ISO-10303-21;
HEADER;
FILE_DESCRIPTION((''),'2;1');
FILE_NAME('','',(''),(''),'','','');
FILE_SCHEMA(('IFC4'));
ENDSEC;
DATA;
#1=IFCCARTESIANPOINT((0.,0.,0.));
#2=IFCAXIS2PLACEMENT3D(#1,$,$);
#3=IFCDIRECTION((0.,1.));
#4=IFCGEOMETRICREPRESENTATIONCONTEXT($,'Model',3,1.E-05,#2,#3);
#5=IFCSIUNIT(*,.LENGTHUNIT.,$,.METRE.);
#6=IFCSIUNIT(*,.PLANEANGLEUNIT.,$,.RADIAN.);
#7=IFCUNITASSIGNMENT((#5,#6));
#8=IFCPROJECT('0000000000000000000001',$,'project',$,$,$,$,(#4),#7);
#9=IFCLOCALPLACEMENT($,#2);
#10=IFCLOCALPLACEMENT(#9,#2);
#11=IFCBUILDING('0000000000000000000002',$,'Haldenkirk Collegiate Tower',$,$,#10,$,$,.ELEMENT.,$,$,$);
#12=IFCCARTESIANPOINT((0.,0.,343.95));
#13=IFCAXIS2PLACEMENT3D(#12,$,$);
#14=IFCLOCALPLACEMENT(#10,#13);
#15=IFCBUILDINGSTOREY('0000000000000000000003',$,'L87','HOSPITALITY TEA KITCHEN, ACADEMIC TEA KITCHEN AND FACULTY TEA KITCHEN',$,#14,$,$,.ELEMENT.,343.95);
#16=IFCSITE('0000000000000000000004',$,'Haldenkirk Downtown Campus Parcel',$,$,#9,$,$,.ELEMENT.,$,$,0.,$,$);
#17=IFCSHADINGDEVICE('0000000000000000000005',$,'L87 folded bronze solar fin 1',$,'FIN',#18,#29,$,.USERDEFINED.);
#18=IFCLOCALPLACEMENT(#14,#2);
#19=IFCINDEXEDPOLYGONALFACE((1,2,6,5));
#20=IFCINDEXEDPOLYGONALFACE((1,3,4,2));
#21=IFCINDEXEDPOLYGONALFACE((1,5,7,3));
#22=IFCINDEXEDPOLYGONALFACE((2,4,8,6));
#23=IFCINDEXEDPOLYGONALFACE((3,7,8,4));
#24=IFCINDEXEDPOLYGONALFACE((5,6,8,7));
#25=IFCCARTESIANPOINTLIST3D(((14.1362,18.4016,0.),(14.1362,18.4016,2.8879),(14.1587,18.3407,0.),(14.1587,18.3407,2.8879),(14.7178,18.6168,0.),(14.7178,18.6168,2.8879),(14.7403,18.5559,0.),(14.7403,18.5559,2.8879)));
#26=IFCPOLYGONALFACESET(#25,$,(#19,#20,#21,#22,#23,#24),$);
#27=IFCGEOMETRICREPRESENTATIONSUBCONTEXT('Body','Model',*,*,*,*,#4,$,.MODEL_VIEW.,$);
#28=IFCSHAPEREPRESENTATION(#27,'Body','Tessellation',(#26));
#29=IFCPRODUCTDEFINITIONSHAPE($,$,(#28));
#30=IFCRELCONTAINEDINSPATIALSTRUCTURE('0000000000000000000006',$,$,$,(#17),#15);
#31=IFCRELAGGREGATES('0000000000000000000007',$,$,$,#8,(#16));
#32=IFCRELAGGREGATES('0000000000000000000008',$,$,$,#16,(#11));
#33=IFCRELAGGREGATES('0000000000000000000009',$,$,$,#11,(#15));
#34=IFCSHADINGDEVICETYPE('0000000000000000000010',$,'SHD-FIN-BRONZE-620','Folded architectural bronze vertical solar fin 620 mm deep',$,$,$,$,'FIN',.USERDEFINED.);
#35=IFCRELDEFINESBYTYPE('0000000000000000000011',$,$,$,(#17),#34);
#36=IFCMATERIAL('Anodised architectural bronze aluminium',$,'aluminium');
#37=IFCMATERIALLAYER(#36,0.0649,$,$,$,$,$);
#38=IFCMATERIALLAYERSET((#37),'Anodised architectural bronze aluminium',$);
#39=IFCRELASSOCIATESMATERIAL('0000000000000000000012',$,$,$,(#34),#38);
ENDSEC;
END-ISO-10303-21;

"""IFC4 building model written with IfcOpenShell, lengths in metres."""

from ifc_helpers import new_model, si_unit, direction, frame, origin, origin_2d, place, context, subcontext, project, spatial, rectangle, extrude, source, transform, mapped, material, layer, layer_set, type_object, element, save


model = new_model("IFC4")

# Units and contexts
model_context = context("Model", 3, precision=1e-05, world=origin(), true_north=direction((0.0, 1.0)))
body_context = subcontext(model_context, "Body", "Model", "MODEL_VIEW")
ifc_project = project(units=[si_unit("LENGTHUNIT", "METRE"), si_unit("PLANEANGLEUNIT", "RADIAN")], contexts=[model_context])

# Site, building, storey
site_placement = place(None, origin())
site = spatial("IfcSite", under=ifc_project, at=site_placement, Name="Haldenkirk Downtown Campus Parcel", CompositionType="ELEMENT", RefElevation=0.0)
building_placement = place(site_placement, origin())
building = spatial("IfcBuilding", under=site, at=building_placement, Name="Haldenkirk Collegiate Tower", CompositionType="ELEMENT")
storey_placement = place(building_placement, frame((0.0, 0.0, 343.95)))
storey = spatial("IfcBuildingStorey", under=building, at=storey_placement, Name="L87", Description="HOSPITALITY TEA KITCHEN, ACADEMIC TEA KITCHEN AND FACULTY TEA KITCHEN", CompositionType="ELEMENT", Elevation=343.95)

# Shared definitions
ifc_material_1 = material(Name="Anodised architectural bronze aluminium", Category="aluminium")

# Shading device
ifc_layer_1 = layer(ifc_material_1, 0.0649)
ifc_layer_set_1 = layer_set([ifc_layer_1], Name="Anodised architectural bronze aluminium")
shading_device_type = type_object("IfcShadingDeviceType", Name="SHD-FIN-BRONZE-620", Description="Folded architectural bronze vertical solar fin 620 mm deep", ElementType="FIN", PredefinedType="USERDEFINED", material=ifc_layer_set_1)
shared_shape_1 = source(origin(), body_context, "Body", "SweptSolid", [
    extrude(rectangle(XDim=0.6201, YDim=0.0649, at=origin_2d()), origin(), (0.0, 0.0, 1.0), 2.8879),
])
shading_device_placement = place(storey_placement, frame((14.4382, 18.4788, 0.0), z_axis=(0.0, 0.0, 1.0), x_axis=(-0.937889, -0.346936, 0.0)))
element("IfcShadingDevice", 1, at=shading_device_placement, inside=storey, type_object=shading_device_type, Name="L87 folded bronze solar fin 1", ObjectType="FIN", PredefinedType="USERDEFINED", context=body_context, shape_type="MappedRepresentation", body=[
    mapped(shared_shape_1, transform((0.0, 0.0, 0.0), x_axis=(1.0, 0.0, 0.0), y_axis=(0.0, 1.0, 0.0), z_axis=(0.0, 0.0, 1.0), scale=1.0)),
])

save(model, "model.ifc")
